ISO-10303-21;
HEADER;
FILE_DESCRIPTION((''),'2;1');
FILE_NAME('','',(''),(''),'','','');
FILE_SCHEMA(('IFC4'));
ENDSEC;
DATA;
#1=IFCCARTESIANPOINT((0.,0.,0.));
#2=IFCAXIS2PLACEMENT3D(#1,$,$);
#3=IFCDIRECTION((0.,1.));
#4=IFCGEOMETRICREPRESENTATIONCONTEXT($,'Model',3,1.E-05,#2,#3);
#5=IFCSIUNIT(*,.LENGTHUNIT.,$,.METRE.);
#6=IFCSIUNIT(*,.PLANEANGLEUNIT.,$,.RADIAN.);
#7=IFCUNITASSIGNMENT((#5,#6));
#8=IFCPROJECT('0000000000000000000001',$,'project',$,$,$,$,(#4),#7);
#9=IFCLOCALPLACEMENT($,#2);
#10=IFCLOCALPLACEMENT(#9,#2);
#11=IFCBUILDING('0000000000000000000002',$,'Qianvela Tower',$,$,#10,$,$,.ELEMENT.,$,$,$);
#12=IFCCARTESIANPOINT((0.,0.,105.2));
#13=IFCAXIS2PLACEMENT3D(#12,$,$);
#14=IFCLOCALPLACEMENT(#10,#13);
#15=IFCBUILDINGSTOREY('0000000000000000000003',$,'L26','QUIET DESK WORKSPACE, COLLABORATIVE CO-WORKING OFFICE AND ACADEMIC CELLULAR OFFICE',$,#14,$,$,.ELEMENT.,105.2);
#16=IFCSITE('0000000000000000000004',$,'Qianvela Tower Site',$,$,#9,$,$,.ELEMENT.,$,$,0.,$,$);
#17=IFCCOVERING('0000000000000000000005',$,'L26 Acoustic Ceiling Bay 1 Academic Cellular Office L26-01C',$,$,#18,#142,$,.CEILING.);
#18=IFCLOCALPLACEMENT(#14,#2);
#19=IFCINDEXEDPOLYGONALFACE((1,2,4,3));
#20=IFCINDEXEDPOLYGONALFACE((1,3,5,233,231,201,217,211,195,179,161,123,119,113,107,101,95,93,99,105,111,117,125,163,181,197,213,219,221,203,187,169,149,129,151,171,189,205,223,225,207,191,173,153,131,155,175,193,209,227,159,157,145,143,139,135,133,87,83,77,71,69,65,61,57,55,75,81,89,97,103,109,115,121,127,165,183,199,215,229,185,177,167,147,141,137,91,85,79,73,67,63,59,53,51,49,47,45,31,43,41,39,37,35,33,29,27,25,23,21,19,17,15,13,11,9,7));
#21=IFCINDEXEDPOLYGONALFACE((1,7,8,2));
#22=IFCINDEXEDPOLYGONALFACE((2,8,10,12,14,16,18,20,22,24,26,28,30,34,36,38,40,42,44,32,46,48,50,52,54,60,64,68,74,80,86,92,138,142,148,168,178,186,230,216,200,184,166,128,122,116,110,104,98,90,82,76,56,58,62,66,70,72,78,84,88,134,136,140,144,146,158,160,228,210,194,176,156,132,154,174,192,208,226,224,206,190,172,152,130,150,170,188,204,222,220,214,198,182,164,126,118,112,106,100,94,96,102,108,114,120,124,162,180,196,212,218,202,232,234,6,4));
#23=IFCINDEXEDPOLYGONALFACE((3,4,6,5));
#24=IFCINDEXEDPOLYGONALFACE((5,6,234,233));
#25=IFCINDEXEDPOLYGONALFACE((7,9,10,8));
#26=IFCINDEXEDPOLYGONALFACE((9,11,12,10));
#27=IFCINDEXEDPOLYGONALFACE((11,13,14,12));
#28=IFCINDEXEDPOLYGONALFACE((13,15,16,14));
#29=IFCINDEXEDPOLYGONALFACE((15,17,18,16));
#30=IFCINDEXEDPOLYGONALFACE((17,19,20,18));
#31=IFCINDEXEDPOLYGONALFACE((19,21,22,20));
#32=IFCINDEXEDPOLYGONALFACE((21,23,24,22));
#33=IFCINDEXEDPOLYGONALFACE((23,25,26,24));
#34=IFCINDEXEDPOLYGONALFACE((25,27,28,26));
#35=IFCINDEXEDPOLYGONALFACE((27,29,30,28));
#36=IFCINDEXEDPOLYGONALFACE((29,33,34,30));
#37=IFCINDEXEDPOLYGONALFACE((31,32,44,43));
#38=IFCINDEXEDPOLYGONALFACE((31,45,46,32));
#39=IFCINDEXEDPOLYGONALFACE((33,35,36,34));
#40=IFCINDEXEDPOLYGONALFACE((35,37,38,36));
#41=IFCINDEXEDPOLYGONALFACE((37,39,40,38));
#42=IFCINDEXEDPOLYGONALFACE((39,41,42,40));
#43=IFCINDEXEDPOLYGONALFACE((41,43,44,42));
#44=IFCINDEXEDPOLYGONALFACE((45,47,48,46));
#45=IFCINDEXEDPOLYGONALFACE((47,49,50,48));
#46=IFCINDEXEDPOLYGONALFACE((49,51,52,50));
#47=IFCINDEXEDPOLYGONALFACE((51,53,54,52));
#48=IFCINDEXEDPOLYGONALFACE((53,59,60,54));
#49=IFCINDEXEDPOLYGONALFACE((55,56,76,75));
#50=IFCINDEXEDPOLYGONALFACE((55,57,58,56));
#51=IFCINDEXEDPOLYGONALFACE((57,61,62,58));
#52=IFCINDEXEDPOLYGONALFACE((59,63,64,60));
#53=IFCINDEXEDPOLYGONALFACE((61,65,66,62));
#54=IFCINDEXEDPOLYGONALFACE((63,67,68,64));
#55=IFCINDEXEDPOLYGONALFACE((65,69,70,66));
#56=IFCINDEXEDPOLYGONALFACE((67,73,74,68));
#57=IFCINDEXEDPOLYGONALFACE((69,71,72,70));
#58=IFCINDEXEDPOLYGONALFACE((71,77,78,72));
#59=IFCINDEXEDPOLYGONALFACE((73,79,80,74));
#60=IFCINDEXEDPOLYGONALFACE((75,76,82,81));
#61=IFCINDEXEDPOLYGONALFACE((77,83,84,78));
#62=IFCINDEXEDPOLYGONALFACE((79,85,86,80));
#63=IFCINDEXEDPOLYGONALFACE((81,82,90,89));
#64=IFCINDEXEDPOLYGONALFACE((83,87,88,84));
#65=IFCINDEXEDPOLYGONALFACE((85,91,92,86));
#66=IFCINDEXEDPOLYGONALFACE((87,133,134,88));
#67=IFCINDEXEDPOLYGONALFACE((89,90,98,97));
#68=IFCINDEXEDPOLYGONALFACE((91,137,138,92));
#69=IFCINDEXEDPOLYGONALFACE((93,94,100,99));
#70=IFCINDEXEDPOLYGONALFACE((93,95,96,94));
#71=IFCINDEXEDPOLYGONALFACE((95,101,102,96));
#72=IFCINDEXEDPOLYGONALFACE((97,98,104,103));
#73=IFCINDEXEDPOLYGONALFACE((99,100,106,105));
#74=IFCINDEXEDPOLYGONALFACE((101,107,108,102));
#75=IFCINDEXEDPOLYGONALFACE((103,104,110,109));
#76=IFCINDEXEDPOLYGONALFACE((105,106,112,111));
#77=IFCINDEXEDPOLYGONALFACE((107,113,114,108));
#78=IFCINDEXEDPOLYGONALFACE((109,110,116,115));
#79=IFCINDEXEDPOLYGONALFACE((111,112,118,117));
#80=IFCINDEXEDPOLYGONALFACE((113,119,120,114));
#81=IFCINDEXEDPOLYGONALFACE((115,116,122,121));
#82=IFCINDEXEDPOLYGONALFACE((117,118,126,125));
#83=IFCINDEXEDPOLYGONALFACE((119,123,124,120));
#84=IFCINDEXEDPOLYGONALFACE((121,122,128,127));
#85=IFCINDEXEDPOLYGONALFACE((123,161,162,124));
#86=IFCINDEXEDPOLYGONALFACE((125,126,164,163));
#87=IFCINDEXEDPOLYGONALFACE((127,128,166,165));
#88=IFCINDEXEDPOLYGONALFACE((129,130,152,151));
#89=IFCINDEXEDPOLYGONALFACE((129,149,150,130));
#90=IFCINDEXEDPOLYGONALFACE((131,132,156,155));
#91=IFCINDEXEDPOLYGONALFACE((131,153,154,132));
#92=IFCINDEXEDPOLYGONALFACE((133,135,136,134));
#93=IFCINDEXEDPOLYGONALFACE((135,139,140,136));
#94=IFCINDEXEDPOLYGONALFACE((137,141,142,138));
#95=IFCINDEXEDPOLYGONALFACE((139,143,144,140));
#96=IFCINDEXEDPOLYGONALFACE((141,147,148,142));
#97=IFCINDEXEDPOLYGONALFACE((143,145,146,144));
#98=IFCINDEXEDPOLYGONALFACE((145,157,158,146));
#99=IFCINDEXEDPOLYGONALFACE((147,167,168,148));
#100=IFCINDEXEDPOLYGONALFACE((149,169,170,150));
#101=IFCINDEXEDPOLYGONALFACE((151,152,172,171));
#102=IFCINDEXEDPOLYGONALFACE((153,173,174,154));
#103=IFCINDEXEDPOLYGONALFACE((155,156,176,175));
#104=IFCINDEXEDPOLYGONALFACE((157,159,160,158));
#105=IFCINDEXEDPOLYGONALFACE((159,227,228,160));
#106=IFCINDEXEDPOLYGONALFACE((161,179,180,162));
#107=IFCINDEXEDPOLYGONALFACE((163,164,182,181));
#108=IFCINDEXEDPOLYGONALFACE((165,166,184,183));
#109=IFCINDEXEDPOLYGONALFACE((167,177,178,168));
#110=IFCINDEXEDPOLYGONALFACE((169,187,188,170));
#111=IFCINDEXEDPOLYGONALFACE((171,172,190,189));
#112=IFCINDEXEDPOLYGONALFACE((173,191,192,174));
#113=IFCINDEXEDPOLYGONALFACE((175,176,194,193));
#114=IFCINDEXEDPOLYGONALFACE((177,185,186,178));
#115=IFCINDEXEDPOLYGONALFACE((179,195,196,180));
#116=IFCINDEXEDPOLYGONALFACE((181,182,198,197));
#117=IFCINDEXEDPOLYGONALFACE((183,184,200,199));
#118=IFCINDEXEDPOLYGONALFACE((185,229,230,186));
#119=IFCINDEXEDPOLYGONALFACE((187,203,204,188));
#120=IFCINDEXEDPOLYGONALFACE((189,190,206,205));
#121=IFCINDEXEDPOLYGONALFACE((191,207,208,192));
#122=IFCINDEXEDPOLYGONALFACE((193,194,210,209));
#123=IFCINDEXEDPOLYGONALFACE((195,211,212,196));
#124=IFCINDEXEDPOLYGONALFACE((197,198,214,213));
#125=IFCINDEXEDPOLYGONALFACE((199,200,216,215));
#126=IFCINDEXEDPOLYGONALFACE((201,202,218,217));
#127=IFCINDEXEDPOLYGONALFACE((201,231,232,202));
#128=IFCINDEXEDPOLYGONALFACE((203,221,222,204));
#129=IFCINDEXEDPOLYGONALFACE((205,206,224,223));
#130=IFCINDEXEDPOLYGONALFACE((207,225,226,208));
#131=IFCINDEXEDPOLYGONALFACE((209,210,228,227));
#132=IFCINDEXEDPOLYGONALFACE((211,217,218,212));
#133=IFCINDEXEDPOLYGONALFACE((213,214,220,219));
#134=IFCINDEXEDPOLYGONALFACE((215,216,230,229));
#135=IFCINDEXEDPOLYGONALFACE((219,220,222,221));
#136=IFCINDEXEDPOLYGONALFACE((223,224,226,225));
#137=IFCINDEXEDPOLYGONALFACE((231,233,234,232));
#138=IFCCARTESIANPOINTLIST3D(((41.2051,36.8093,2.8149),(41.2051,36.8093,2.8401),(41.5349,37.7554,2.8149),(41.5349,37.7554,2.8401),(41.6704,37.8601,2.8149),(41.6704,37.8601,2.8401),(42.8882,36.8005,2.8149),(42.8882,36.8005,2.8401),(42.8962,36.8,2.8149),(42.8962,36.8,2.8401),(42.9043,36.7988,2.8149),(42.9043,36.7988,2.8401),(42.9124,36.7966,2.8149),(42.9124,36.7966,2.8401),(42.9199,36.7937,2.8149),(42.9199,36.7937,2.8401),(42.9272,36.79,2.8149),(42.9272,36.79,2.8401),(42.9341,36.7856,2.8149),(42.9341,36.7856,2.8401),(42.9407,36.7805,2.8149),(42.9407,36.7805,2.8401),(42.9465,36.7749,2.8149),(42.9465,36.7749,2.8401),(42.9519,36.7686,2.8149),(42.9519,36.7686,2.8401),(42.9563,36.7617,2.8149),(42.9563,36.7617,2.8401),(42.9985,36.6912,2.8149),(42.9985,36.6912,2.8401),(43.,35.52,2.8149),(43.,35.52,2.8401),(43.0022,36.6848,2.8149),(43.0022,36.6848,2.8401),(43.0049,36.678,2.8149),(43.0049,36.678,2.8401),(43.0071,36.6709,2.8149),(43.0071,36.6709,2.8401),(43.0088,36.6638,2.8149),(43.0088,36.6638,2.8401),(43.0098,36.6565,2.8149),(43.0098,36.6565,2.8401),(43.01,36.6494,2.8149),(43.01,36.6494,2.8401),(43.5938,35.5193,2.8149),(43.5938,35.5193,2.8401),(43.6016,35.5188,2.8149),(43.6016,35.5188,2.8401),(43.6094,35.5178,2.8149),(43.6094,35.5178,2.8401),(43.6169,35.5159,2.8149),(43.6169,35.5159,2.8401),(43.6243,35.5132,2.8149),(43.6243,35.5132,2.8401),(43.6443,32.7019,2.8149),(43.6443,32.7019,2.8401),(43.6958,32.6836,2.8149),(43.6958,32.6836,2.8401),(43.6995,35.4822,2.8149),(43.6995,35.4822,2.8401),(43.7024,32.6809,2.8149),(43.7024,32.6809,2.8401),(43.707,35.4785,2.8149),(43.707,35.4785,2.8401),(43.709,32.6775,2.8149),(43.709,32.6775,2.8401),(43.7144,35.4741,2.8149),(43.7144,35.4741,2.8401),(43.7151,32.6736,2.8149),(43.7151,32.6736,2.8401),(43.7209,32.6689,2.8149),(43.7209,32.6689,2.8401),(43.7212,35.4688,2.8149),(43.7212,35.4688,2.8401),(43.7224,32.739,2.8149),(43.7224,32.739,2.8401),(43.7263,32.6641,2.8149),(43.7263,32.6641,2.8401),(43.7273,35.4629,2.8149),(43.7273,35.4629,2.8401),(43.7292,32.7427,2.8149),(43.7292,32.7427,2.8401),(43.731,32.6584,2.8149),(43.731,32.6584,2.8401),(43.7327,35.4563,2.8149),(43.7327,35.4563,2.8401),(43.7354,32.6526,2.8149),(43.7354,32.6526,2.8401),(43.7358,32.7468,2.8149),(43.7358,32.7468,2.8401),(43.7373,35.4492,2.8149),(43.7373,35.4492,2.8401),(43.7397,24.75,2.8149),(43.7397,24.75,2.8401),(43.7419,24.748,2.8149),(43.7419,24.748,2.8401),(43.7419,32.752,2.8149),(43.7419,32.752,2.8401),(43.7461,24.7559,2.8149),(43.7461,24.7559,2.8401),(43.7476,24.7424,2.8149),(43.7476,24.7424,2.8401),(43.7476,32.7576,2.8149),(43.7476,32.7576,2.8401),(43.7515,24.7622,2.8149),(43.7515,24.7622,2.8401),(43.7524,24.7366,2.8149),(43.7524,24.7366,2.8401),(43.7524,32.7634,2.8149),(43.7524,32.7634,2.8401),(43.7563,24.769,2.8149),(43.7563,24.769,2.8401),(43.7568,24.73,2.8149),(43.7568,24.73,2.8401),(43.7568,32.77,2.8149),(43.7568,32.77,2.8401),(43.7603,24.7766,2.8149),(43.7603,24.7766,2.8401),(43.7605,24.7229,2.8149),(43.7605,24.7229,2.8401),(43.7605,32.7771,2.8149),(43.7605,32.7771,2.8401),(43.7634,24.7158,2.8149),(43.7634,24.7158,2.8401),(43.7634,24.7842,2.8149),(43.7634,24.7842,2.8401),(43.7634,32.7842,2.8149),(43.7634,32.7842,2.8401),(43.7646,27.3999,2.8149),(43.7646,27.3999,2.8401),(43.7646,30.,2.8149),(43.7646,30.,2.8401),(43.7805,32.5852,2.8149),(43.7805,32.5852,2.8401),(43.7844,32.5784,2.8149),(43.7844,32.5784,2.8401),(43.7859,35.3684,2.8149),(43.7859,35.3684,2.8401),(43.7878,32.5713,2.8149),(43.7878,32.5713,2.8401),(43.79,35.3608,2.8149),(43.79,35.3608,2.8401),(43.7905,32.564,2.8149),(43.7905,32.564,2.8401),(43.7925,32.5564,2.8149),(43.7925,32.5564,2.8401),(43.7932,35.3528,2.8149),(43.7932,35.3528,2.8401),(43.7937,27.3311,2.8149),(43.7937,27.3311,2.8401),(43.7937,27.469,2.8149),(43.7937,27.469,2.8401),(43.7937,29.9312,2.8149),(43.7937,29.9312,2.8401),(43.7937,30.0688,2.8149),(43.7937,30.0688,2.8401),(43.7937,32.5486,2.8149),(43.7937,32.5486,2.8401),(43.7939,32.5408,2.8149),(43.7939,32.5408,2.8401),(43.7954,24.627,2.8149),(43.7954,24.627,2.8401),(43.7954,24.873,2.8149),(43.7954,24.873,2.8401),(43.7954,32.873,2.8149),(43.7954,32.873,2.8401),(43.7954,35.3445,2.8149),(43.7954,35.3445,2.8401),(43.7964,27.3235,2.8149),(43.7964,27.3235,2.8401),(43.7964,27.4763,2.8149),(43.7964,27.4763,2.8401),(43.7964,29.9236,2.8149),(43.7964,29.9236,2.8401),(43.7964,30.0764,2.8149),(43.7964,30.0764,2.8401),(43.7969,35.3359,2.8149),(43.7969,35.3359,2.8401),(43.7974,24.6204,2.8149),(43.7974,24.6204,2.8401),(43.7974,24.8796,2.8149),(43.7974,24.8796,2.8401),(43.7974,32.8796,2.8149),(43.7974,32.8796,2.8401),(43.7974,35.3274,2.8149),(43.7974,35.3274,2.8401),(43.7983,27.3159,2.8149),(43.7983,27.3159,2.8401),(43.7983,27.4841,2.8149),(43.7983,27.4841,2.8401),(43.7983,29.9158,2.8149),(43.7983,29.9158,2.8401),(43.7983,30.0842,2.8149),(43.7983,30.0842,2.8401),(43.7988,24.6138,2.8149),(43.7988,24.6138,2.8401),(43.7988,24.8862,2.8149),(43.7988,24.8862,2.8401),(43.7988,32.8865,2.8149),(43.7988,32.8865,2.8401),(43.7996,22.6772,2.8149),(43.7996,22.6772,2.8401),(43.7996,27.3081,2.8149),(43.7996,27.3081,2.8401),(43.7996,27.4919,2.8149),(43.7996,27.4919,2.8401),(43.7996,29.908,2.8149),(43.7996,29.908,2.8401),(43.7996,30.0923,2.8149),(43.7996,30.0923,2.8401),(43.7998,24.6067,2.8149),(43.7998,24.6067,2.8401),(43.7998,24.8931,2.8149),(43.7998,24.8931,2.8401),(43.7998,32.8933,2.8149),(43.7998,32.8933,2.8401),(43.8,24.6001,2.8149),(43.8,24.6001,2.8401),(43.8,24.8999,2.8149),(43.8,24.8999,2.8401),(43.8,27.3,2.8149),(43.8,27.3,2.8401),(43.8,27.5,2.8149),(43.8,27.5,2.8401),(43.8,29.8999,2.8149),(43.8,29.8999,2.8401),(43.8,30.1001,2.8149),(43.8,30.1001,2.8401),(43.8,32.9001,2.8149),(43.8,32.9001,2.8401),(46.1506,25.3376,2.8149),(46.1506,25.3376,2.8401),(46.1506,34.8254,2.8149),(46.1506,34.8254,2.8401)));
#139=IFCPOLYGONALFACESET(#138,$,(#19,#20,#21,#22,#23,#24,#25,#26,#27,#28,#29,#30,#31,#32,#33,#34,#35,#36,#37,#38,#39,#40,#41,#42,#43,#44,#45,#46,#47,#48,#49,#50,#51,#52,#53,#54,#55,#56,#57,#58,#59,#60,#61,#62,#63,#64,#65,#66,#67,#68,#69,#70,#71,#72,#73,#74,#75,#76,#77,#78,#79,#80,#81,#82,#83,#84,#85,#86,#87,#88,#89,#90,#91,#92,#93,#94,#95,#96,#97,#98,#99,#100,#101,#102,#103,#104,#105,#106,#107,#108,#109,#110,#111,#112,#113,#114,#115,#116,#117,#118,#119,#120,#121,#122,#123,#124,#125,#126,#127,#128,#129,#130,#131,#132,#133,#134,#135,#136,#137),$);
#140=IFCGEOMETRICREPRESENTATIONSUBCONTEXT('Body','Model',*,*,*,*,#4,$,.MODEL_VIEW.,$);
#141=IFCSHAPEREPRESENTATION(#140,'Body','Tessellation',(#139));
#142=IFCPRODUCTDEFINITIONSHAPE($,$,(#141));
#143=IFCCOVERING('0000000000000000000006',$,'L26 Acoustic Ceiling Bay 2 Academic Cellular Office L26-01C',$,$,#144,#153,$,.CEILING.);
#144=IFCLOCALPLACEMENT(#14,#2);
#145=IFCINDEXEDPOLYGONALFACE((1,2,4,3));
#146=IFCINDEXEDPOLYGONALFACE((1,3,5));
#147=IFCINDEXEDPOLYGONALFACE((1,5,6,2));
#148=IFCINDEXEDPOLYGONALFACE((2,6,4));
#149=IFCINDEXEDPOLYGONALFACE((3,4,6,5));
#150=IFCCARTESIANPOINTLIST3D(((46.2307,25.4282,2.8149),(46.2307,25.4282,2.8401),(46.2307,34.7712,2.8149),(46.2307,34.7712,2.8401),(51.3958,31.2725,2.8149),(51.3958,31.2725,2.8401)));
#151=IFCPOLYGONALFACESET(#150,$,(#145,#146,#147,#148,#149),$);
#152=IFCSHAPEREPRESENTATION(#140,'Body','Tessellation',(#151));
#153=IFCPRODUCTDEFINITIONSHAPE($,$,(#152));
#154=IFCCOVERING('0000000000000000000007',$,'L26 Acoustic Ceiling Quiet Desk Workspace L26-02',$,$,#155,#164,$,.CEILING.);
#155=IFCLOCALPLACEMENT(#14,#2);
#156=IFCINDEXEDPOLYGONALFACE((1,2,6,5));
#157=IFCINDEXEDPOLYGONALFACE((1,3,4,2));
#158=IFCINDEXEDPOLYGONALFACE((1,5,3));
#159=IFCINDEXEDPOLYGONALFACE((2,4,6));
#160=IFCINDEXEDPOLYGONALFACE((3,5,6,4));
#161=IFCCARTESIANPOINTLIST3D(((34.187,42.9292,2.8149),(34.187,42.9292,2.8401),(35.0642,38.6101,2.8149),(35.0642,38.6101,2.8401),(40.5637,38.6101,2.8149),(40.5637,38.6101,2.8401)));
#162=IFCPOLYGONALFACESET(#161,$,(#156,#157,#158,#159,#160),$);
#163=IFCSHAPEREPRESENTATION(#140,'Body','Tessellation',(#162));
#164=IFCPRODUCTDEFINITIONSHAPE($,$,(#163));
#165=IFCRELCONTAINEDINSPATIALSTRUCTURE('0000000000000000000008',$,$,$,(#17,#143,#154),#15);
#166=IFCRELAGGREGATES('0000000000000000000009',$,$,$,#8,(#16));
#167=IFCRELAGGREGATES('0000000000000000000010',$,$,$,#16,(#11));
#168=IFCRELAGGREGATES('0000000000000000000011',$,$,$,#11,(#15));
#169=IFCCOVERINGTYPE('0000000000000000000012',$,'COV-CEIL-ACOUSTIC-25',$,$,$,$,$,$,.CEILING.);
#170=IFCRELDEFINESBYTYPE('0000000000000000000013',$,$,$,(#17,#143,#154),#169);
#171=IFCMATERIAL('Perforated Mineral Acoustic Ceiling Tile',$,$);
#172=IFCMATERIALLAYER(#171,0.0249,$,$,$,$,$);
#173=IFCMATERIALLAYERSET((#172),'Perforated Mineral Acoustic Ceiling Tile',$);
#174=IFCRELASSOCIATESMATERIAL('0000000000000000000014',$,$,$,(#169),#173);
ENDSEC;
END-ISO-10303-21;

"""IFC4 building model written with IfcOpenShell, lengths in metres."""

from ifc_helpers import new_model, si_unit, direction, frame, origin, place, context, subcontext, project, spatial, polyline, outline, extrude, material, layer, layer_set, type_object, element, save


model = new_model("IFC4")

# Units and contexts
model_context = context("Model", 3, precision=1e-05, world=origin(), true_north=direction((0.0, 1.0)))
body_context = subcontext(model_context, "Body", "Model", "MODEL_VIEW")
ifc_project = project(units=[si_unit("LENGTHUNIT", "METRE"), si_unit("PLANEANGLEUNIT", "RADIAN")], contexts=[model_context])

# Site, building, storey
site_placement = place(None, origin())
site = spatial("IfcSite", under=ifc_project, at=site_placement, Name="Qianvela Tower Site", CompositionType="ELEMENT", RefElevation=0.0)
building_placement = place(site_placement, origin())
building = spatial("IfcBuilding", under=site, at=building_placement, Name="Qianvela Tower", CompositionType="ELEMENT")
storey_placement = place(building_placement, frame((0.0, 0.0, 105.2)))
storey = spatial("IfcBuildingStorey", under=building, at=storey_placement, Name="L26", Description="QUIET DESK WORKSPACE, COLLABORATIVE CO-WORKING OFFICE AND ACADEMIC CELLULAR OFFICE", CompositionType="ELEMENT", Elevation=105.2)

# Coverings
ifc_material_1 = material(Name="Perforated Mineral Acoustic Ceiling Tile")
ifc_layer_1 = layer(ifc_material_1, 0.0249)
ifc_layer_set_1 = layer_set([ifc_layer_1], Name="Perforated Mineral Acoustic Ceiling Tile")
covering_type_1 = type_object("IfcCoveringType", Name="COV-CEIL-ACOUSTIC-25", PredefinedType="CEILING", material=ifc_layer_set_1)
covering_1_placement = place(storey_placement, frame((0.0, 0.0, 2.8149)))
element("IfcCovering", 1, at=covering_1_placement, inside=storey, type_object=covering_type_1, Name="L26 Acoustic Ceiling Bay 1 Academic Cellular Office L26-01C", PredefinedType="CEILING", context=body_context, shape_type="SweptSolid", body=[
    extrude(outline(polyline([(43.7224, 32.739), (43.7292, 32.7427), (43.7358, 32.7468), (43.7419, 32.752), (43.7476, 32.7576), (43.7524, 32.7634), (43.7568, 32.77), (43.7605, 32.7771), (43.7634, 32.7842), (43.7954, 32.873), (43.7974, 32.8796), (43.7988, 32.8865), (43.7998, 32.8933), (43.8, 32.9001), (43.7974, 35.3274), (43.7969, 35.3359), (43.7954, 35.3445), (43.7932, 35.3528), (43.79, 35.3608), (43.7859, 35.3684), (43.7373, 35.4492), (43.7327, 35.4563), (43.7273, 35.4629), (43.7212, 35.4688), (43.7144, 35.4741), (43.707, 35.4785), (43.6995, 35.4822), (43.6243, 35.5132), (43.6169, 35.5159), (43.6094, 35.5178), (43.6016, 35.5188), (43.5938, 35.5193), (43.0, 35.52), (43.01, 36.6494), (43.0098, 36.6565), (43.0088, 36.6638), (43.0071, 36.6709), (43.0049, 36.678), (43.0022, 36.6848), (42.9985, 36.6912), (42.9563, 36.7617), (42.9519, 36.7686), (42.9465, 36.7749), (42.9407, 36.7805), (42.9341, 36.7856), (42.9272, 36.79), (42.9199, 36.7937), (42.9124, 36.7966), (42.9043, 36.7988), (42.8962, 36.8), (42.8882, 36.8005), (41.2051, 36.8093), (41.5349, 37.7554), (41.6704, 37.8601), (46.1506, 34.8254), (46.1506, 25.3376), (43.7996, 22.6772), (43.8, 24.6001), (43.7998, 24.6067), (43.7988, 24.6138), (43.7974, 24.6204), (43.7954, 24.627), (43.7634, 24.7158), (43.7605, 24.7229), (43.7568, 24.73), (43.7524, 24.7366), (43.7476, 24.7424), (43.7419, 24.748), (43.7397, 24.75), (43.7397, 24.75), (43.7461, 24.7559), (43.7515, 24.7622), (43.7563, 24.769), (43.7603, 24.7766), (43.7634, 24.7842), (43.7954, 24.873), (43.7974, 24.8796), (43.7988, 24.8862), (43.7998, 24.8931), (43.8, 24.8999), (43.8, 27.3), (43.7996, 27.3081), (43.7983, 27.3159), (43.7964, 27.3235), (43.7937, 27.3311), (43.7646, 27.3999), (43.7937, 27.469), (43.7964, 27.4763), (43.7983, 27.4841), (43.7996, 27.4919), (43.8, 27.5), (43.8, 29.8999), (43.7996, 29.908), (43.7983, 29.9158), (43.7964, 29.9236), (43.7937, 29.9312), (43.7646, 30.0), (43.7937, 30.0688), (43.7964, 30.0764), (43.7983, 30.0842), (43.7996, 30.0923), (43.8, 30.1001), (43.7939, 32.5408), (43.7937, 32.5486), (43.7925, 32.5564), (43.7905, 32.564), (43.7878, 32.5713), (43.7844, 32.5784), (43.7805, 32.5852), (43.7354, 32.6526), (43.731, 32.6584), (43.7263, 32.6641), (43.7209, 32.6689), (43.7151, 32.6736), (43.709, 32.6775), (43.7024, 32.6809), (43.6958, 32.6836), (43.6443, 32.7019), (43.7224, 32.739)])), origin(), (0.0, 0.0, 1.0), 0.0251),
])
covering_2_placement = place(storey_placement, frame((0.0, 0.0, 2.8149)))
element("IfcCovering", 2, at=covering_2_placement, inside=storey, type_object=covering_type_1, Name="L26 Acoustic Ceiling Bay 2 Academic Cellular Office L26-01C", PredefinedType="CEILING", context=body_context, shape_type="SweptSolid", body=[
    extrude(outline(polyline([(51.3958, 31.2725), (46.2307, 25.4282), (46.2307, 34.7712), (51.3958, 31.2725)])), origin(), (0.0, 0.0, 1.0), 0.0251),
])
covering_3_placement = place(storey_placement, frame((0.0, 0.0, 2.8149)))
element("IfcCovering", 3, at=covering_3_placement, inside=storey, type_object=covering_type_1, Name="L26 Acoustic Ceiling Quiet Desk Workspace L26-02", PredefinedType="CEILING", context=body_context, shape_type="SweptSolid", body=[
    extrude(outline(polyline([(35.0642, 38.6101), (34.187, 42.9292), (40.5637, 38.6101), (35.0642, 38.6101)])), origin(), (0.0, 0.0, 1.0), 0.0251),
])

save(model, "model.ifc")
